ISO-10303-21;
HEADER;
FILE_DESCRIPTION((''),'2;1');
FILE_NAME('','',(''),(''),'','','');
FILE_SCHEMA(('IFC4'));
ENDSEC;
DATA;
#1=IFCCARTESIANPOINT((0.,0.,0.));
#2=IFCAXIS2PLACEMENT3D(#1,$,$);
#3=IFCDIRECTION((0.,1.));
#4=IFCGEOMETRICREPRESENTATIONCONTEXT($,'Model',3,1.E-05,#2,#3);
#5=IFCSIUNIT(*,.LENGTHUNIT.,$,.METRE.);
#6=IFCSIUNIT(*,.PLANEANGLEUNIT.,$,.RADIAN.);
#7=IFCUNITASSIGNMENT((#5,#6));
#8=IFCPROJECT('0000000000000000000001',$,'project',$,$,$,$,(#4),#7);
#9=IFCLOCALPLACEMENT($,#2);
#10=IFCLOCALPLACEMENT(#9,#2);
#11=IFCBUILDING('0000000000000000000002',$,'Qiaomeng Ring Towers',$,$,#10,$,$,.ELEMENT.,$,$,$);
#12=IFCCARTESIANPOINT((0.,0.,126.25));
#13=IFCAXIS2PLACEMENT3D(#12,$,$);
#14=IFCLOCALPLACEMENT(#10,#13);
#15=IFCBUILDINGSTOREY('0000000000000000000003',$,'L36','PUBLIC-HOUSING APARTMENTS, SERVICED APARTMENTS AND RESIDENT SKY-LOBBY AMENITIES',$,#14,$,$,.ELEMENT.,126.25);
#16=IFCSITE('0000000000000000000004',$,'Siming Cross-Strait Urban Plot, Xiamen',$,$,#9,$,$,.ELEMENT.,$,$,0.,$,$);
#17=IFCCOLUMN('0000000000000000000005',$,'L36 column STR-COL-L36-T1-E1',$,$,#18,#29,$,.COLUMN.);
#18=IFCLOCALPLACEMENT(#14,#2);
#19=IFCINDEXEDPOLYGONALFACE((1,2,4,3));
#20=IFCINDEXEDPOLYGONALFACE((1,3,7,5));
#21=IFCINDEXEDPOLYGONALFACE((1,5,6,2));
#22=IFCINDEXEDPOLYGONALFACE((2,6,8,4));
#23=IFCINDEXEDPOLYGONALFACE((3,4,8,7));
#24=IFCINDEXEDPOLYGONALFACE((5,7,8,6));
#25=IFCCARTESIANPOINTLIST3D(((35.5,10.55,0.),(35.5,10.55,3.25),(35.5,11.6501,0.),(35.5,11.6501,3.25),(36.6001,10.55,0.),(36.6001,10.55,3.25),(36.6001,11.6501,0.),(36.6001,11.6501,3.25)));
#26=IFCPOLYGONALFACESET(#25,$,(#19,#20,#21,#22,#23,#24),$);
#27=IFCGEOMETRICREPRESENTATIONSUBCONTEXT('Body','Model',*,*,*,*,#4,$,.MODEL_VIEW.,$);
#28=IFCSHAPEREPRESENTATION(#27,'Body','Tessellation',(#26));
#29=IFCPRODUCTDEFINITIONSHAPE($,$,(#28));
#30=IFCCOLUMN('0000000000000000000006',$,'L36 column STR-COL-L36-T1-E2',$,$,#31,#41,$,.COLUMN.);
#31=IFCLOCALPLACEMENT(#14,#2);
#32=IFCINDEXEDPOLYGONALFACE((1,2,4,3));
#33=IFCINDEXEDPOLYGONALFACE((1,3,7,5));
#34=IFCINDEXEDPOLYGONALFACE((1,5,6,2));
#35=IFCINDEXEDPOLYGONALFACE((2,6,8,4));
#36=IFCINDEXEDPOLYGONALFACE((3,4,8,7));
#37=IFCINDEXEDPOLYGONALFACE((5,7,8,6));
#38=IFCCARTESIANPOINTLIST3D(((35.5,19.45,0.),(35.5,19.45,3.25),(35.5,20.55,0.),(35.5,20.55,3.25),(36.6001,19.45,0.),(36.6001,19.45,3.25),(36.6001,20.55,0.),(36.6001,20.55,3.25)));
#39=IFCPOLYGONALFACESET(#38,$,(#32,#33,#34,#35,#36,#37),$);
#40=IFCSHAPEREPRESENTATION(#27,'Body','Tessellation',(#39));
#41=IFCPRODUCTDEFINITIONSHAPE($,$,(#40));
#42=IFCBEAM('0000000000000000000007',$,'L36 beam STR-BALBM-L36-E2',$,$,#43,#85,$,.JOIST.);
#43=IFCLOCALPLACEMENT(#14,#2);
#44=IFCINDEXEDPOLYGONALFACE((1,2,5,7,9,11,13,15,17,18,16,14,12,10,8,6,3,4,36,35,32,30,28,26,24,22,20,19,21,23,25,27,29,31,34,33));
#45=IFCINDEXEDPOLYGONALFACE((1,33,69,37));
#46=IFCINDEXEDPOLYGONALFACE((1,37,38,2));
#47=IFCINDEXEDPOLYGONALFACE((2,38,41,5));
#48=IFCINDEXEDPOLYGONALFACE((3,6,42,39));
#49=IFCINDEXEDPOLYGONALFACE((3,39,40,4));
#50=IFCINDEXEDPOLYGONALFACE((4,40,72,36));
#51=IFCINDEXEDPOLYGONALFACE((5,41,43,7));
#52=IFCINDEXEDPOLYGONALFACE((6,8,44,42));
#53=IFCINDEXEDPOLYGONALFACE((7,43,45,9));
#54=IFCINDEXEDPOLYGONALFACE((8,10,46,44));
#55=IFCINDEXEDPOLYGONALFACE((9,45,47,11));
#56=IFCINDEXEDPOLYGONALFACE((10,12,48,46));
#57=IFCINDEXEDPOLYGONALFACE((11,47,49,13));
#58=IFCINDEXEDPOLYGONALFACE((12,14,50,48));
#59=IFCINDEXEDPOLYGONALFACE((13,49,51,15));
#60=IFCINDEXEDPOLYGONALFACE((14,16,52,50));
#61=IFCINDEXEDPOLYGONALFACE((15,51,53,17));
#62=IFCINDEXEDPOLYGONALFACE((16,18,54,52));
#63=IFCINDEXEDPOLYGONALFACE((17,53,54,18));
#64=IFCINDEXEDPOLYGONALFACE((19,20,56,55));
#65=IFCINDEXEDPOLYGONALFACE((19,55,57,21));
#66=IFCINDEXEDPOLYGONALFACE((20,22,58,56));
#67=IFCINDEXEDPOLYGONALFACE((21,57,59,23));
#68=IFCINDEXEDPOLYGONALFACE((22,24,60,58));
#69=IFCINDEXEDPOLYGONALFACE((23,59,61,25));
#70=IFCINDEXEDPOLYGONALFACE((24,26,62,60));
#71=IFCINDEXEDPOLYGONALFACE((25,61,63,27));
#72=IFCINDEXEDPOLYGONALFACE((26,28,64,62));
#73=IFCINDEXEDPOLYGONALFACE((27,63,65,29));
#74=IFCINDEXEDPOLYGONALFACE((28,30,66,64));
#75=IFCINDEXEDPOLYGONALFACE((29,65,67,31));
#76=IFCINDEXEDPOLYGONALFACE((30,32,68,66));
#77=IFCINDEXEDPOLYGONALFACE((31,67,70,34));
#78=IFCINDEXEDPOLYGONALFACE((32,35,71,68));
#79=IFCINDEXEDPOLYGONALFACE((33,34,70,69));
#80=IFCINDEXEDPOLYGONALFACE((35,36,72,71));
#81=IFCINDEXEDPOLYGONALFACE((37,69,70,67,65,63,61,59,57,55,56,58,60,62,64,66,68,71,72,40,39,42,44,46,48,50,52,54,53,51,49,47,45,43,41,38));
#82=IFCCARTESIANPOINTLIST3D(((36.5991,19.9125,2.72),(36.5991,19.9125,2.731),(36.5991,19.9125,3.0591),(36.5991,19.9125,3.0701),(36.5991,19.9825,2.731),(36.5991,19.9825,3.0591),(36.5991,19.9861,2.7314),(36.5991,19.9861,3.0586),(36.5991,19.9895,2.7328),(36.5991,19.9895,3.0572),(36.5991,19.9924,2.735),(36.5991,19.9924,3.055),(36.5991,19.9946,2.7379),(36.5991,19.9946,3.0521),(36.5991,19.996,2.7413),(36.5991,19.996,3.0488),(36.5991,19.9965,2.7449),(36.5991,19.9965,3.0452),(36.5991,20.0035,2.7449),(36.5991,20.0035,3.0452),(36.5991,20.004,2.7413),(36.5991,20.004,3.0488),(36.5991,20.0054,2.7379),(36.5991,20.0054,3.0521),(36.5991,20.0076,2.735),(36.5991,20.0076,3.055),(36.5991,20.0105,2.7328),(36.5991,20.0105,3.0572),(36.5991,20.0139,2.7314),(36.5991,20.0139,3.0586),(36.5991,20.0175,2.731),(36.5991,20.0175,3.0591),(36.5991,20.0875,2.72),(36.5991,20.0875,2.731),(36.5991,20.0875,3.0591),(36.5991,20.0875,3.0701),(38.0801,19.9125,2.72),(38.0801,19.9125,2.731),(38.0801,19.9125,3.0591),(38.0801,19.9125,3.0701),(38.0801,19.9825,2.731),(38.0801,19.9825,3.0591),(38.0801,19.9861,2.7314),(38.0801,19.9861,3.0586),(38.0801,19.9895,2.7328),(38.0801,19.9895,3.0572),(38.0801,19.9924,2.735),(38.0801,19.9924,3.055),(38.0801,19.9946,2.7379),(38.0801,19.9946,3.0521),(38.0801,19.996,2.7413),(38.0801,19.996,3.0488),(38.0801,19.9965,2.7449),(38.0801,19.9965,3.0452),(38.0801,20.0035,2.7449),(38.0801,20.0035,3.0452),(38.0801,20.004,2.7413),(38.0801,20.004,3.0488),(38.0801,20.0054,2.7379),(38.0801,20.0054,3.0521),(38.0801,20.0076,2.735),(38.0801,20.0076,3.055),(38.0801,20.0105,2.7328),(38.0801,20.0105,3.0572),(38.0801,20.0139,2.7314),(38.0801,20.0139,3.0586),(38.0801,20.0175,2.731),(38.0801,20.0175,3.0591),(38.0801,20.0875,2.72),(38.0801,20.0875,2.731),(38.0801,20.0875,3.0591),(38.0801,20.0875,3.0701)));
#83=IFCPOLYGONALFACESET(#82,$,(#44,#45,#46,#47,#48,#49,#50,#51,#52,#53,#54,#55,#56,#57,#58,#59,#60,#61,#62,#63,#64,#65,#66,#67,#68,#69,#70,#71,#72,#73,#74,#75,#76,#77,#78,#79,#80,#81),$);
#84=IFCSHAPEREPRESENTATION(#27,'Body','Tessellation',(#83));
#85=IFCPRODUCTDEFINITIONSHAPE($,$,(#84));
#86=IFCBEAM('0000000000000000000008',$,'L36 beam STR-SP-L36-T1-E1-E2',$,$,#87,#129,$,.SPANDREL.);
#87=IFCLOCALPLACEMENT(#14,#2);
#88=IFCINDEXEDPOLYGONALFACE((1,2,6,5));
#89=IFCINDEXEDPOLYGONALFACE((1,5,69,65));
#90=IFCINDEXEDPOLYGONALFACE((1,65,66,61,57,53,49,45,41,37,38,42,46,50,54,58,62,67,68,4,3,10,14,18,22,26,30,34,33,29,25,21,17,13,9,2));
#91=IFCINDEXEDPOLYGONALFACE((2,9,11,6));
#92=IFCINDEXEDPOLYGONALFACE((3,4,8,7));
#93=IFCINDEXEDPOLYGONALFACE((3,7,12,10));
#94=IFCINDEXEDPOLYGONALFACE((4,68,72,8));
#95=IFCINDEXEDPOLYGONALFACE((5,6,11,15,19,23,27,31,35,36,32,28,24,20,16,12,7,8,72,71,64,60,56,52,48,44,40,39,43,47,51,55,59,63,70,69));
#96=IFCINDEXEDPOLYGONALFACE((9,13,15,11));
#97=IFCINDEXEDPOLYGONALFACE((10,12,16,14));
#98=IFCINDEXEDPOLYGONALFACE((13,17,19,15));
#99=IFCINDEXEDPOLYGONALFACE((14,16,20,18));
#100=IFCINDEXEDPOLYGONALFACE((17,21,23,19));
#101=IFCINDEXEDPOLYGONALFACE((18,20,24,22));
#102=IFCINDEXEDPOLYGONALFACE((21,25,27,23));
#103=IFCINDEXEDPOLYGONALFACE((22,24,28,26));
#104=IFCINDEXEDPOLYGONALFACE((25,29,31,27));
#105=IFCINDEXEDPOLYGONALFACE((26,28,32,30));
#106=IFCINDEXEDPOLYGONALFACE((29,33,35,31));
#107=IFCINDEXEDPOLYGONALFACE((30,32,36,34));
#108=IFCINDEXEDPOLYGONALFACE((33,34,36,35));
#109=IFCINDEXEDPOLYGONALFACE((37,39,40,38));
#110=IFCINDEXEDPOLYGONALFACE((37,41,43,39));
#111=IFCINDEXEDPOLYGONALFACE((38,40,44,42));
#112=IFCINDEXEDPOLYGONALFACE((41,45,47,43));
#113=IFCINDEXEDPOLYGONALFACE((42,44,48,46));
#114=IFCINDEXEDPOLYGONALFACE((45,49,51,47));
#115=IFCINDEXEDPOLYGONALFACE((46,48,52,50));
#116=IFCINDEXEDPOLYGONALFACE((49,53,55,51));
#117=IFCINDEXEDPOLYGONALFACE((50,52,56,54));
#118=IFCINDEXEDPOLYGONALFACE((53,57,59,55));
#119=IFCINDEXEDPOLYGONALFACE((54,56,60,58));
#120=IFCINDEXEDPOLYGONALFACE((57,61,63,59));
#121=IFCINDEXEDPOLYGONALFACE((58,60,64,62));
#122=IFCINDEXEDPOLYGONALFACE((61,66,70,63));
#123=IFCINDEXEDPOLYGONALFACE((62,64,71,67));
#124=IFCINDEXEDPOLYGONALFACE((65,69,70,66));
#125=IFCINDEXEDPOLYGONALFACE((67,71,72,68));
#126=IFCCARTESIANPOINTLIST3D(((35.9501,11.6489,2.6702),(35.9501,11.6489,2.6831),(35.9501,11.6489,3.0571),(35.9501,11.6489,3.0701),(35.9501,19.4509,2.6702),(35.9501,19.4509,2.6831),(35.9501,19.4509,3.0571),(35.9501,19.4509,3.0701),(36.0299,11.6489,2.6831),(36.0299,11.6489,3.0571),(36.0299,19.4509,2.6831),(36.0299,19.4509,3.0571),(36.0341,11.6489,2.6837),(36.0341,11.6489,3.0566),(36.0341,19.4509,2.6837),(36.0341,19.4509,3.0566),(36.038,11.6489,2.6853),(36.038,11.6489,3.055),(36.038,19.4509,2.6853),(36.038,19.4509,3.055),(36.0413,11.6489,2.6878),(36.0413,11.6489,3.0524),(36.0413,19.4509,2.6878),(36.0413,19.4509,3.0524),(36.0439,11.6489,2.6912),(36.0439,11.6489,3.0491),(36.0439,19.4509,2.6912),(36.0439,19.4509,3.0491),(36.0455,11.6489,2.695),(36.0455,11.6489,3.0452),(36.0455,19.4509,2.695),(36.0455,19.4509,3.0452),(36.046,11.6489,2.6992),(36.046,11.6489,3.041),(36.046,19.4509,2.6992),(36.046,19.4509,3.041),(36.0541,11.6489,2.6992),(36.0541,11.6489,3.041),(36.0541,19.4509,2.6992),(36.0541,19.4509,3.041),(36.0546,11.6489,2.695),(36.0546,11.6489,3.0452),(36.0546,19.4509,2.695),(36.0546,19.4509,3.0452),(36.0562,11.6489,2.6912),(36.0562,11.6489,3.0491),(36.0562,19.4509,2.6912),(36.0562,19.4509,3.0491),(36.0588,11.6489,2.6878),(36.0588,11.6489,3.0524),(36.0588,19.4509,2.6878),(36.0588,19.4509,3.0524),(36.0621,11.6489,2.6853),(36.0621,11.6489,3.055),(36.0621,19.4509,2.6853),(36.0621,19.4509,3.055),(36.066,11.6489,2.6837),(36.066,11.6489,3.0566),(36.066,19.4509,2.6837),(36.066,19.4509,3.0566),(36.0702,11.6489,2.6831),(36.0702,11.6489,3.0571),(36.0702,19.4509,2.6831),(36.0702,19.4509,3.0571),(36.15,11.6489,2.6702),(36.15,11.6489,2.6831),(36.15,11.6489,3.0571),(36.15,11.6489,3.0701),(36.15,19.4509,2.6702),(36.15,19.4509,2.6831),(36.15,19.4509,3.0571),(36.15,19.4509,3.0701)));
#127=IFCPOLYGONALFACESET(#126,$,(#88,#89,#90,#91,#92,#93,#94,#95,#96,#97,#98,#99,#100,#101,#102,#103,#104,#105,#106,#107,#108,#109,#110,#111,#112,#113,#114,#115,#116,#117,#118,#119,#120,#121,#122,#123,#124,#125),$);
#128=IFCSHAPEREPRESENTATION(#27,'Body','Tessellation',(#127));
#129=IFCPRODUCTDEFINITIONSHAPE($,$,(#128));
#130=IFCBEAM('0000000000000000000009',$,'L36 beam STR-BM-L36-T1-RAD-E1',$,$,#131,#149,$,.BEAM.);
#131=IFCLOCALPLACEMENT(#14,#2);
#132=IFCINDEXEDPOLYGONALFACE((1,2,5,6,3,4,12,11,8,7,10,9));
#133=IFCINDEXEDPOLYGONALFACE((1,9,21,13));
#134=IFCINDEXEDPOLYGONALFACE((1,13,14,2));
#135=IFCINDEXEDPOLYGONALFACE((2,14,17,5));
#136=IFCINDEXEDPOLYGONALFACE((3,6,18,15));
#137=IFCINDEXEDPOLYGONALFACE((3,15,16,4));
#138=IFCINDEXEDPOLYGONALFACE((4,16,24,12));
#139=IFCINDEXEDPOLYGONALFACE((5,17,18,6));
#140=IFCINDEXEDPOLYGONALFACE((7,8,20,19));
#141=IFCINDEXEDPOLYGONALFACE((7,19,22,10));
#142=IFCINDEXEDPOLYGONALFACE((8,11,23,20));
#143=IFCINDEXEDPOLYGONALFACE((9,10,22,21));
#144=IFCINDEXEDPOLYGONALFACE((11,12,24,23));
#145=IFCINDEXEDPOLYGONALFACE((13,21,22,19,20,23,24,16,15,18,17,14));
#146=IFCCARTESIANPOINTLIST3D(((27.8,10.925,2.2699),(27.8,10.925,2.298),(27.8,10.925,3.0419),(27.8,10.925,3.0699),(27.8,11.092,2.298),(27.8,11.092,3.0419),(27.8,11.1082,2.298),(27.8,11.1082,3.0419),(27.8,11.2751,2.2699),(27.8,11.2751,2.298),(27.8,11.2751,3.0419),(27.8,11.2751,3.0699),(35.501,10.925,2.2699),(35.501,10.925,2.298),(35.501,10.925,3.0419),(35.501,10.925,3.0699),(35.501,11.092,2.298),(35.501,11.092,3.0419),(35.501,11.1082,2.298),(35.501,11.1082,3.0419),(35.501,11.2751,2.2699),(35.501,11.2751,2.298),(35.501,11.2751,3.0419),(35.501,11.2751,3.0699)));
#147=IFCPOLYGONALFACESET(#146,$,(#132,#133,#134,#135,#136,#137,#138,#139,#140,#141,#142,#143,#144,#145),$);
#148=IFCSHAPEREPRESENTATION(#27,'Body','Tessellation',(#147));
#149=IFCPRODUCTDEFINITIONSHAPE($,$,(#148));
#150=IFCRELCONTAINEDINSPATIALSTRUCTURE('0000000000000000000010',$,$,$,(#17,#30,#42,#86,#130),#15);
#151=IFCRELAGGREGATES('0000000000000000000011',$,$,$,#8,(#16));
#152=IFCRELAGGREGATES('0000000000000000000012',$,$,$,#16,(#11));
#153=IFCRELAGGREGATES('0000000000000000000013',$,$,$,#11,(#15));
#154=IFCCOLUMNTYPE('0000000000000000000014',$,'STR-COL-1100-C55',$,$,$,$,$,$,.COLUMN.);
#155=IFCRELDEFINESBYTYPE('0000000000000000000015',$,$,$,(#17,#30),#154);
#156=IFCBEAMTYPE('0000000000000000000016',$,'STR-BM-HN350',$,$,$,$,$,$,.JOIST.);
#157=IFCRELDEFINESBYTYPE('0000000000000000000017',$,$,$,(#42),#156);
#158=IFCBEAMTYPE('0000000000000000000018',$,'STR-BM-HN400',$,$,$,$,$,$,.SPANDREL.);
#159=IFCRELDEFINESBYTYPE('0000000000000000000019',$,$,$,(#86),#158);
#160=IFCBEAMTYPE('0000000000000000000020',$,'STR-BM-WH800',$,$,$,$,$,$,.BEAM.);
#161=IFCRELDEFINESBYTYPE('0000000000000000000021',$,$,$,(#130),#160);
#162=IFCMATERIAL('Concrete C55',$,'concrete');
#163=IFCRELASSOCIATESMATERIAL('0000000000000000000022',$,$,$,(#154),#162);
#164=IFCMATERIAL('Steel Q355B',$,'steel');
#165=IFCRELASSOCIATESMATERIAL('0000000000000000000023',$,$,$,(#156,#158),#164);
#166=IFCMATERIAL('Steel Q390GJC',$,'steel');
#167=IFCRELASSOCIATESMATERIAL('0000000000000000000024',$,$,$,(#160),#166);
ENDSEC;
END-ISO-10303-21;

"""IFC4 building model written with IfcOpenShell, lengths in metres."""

from ifc_helpers import new_model, si_unit, direction, frame, origin, origin_2d, place, context, subcontext, project, spatial, rectangle, i_section, extrude, source, transform, mapped, material, material_profile, profile_set, type_object, element, save


model = new_model("IFC4")

# Units and contexts
model_context = context("Model", 3, precision=1e-05, world=origin(), true_north=direction((0.0, 1.0)))
body_context = subcontext(model_context, "Body", "Model", "MODEL_VIEW")
ifc_project = project(units=[si_unit("LENGTHUNIT", "METRE"), si_unit("PLANEANGLEUNIT", "RADIAN")], contexts=[model_context])

# Site, building, storey
site_placement = place(None, origin())
site = spatial("IfcSite", under=ifc_project, at=site_placement, Name="Siming Cross-Strait Urban Plot, Xiamen", CompositionType="ELEMENT", RefElevation=0.0)
building_placement = place(site_placement, origin())
building = spatial("IfcBuilding", under=site, at=building_placement, Name="Qiaomeng Ring Towers", CompositionType="ELEMENT")
storey_placement = place(building_placement, frame((0.0, 0.0, 126.25)))
storey = spatial("IfcBuildingStorey", under=building, at=storey_placement, Name="L36", Description="PUBLIC-HOUSING APARTMENTS, SERVICED APARTMENTS AND RESIDENT SKY-LOBBY AMENITIES", CompositionType="ELEMENT", Elevation=126.25)

# Columns
ifc_material_1 = material(Name="Concrete C55", Category="concrete")
ifc_material_profile_1 = material_profile(ifc_material_1, rectangle(XDim=1.1001, YDim=1.1001, at=origin_2d()), Name="RC COL 1100x1100")
ifc_profile_set_1 = profile_set([ifc_material_profile_1], Name="Concrete C55")
column_type = type_object("IfcColumnType", Name="STR-COL-1100-C55", PredefinedType="COLUMN", material=ifc_profile_set_1)
shared_shape_1 = source(origin(), body_context, "Body", "SweptSolid", [
    extrude(rectangle(XDim=1.1001, YDim=1.1001, at=origin_2d()), origin(), (0.0, 0.0, 1.0), 3.25),
])
for number, where, z_axis, x_axis, name in (
    (1, (36.05, 11.1001, 0.0), (0.0, 0.0, 1.0), (1.0, 0.0, 0.0), "L36 column STR-COL-L36-T1-E1"),
    (2, (36.05, 20.0, 0.0), (0.0, 0.0, 1.0), (1.0, 0.0, 0.0), "L36 column STR-COL-L36-T1-E2"),
):
    element("IfcColumn", number, at=place(storey_placement, frame(where, z_axis=z_axis, x_axis=x_axis)), inside=storey, type_object=column_type, Name=name, PredefinedType="COLUMN", context=body_context, shape_type="MappedRepresentation", body=[
        mapped(shared_shape_1, transform((0.0, 0.0, 0.0), x_axis=(1.0, 0.0, 0.0), y_axis=(0.0, 1.0, 0.0), z_axis=(0.0, 0.0, 1.0), scale=1.0)),
    ])

# Beams
ifc_material_2 = material(Name="Steel Q355B", Category="steel")
ifc_material_profile_2 = material_profile(ifc_material_2, i_section(OverallWidth=0.175, OverallDepth=0.3501, WebThickness=0.0071, FlangeThickness=0.011, FilletRadius=0.0139, at=origin_2d()), Name="HN 350x175x7x11")
ifc_profile_set_2 = profile_set([ifc_material_profile_2], Name="Steel Q355B")
beam_type_1 = type_object("IfcBeamType", Name="STR-BM-HN350", PredefinedType="JOIST", material=ifc_profile_set_2)
shared_shape_2 = source(origin(), body_context, "Body", "SweptSolid", [
    extrude(i_section(OverallWidth=0.175, OverallDepth=0.3501, WebThickness=0.0071, FlangeThickness=0.011, FilletRadius=0.0139, at=origin_2d()), origin(), (0.0, 0.0, 1.0), 1.481),
])
beam_1_placement = place(storey_placement, frame((36.5991, 20.0, 2.895), z_axis=(1.0, 0.0, 0.0), x_axis=(0.0, 1.0, 0.0)))
element("IfcBeam", 3, at=beam_1_placement, inside=storey, type_object=beam_type_1, Name="L36 beam STR-BALBM-L36-E2", PredefinedType="JOIST", context=body_context, shape_type="MappedRepresentation", body=[
    mapped(shared_shape_2, transform((0.0, 0.0, 0.0), x_axis=(1.0, 0.0, 0.0), y_axis=(0.0, 1.0, 0.0), z_axis=(0.0, 0.0, 1.0), scale=1.0)),
])
ifc_material_profile_3 = material_profile(ifc_material_2, i_section(OverallWidth=0.2, OverallDepth=0.3999, WebThickness=0.0081, FlangeThickness=0.0129, FilletRadius=0.0161, at=origin_2d()), Name="HN 400x200x8x13")
ifc_profile_set_3 = profile_set([ifc_material_profile_3], Name="Steel Q355B")
beam_type_2 = type_object("IfcBeamType", Name="STR-BM-HN400", PredefinedType="SPANDREL", material=ifc_profile_set_3)
shared_shape_3 = source(origin(), body_context, "Body", "SweptSolid", [
    extrude(i_section(OverallWidth=0.2, OverallDepth=0.3999, WebThickness=0.0081, FlangeThickness=0.0129, FilletRadius=0.0161, at=origin_2d()), origin(), (0.0, 0.0, 1.0), 7.802),
])
beam_2_placement = place(storey_placement, frame((36.05, 11.6489, 2.8701), z_axis=(0.0, 1.0, 0.0), x_axis=(-1.0, 0.0, 0.0)))
element("IfcBeam", 4, at=beam_2_placement, inside=storey, type_object=beam_type_2, Name="L36 beam STR-SP-L36-T1-E1-E2", PredefinedType="SPANDREL", context=body_context, shape_type="MappedRepresentation", body=[
    mapped(shared_shape_3, transform((0.0, 0.0, 0.0), x_axis=(1.0, 0.0, 0.0), y_axis=(0.0, 1.0, 0.0), z_axis=(0.0, 0.0, 1.0), scale=1.0)),
])
ifc_material_3 = material(Name="Steel Q390GJC", Category="steel")
ifc_material_profile_4 = material_profile(ifc_material_3, i_section(OverallWidth=0.3501, OverallDepth=0.8, WebThickness=0.0161, FlangeThickness=0.0281, at=origin_2d()), Name="WH 800x350x16x28")
ifc_profile_set_4 = profile_set([ifc_material_profile_4], Name="Steel Q390GJC")
beam_type_3 = type_object("IfcBeamType", Name="STR-BM-WH800", PredefinedType="BEAM", material=ifc_profile_set_4)
shared_shape_4 = source(origin(), body_context, "Body", "SweptSolid", [
    extrude(i_section(OverallWidth=0.3501, OverallDepth=0.8, WebThickness=0.0161, FlangeThickness=0.0281, at=origin_2d()), origin(), (0.0, 0.0, 1.0), 7.7009),
])
beam_3_placement = place(storey_placement, frame((27.8, 11.1001, 2.6699), z_axis=(1.0, 0.0, 0.0), x_axis=(0.0, 1.0, 0.0)))
element("IfcBeam", 5, at=beam_3_placement, inside=storey, type_object=beam_type_3, Name="L36 beam STR-BM-L36-T1-RAD-E1", PredefinedType="BEAM", context=body_context, shape_type="MappedRepresentation", body=[
    mapped(shared_shape_4, transform((0.0, 0.0, 0.0), x_axis=(1.0, 0.0, 0.0), y_axis=(0.0, 1.0, 0.0), z_axis=(0.0, 0.0, 1.0), scale=1.0)),
])

save(model, "model.ifc")
